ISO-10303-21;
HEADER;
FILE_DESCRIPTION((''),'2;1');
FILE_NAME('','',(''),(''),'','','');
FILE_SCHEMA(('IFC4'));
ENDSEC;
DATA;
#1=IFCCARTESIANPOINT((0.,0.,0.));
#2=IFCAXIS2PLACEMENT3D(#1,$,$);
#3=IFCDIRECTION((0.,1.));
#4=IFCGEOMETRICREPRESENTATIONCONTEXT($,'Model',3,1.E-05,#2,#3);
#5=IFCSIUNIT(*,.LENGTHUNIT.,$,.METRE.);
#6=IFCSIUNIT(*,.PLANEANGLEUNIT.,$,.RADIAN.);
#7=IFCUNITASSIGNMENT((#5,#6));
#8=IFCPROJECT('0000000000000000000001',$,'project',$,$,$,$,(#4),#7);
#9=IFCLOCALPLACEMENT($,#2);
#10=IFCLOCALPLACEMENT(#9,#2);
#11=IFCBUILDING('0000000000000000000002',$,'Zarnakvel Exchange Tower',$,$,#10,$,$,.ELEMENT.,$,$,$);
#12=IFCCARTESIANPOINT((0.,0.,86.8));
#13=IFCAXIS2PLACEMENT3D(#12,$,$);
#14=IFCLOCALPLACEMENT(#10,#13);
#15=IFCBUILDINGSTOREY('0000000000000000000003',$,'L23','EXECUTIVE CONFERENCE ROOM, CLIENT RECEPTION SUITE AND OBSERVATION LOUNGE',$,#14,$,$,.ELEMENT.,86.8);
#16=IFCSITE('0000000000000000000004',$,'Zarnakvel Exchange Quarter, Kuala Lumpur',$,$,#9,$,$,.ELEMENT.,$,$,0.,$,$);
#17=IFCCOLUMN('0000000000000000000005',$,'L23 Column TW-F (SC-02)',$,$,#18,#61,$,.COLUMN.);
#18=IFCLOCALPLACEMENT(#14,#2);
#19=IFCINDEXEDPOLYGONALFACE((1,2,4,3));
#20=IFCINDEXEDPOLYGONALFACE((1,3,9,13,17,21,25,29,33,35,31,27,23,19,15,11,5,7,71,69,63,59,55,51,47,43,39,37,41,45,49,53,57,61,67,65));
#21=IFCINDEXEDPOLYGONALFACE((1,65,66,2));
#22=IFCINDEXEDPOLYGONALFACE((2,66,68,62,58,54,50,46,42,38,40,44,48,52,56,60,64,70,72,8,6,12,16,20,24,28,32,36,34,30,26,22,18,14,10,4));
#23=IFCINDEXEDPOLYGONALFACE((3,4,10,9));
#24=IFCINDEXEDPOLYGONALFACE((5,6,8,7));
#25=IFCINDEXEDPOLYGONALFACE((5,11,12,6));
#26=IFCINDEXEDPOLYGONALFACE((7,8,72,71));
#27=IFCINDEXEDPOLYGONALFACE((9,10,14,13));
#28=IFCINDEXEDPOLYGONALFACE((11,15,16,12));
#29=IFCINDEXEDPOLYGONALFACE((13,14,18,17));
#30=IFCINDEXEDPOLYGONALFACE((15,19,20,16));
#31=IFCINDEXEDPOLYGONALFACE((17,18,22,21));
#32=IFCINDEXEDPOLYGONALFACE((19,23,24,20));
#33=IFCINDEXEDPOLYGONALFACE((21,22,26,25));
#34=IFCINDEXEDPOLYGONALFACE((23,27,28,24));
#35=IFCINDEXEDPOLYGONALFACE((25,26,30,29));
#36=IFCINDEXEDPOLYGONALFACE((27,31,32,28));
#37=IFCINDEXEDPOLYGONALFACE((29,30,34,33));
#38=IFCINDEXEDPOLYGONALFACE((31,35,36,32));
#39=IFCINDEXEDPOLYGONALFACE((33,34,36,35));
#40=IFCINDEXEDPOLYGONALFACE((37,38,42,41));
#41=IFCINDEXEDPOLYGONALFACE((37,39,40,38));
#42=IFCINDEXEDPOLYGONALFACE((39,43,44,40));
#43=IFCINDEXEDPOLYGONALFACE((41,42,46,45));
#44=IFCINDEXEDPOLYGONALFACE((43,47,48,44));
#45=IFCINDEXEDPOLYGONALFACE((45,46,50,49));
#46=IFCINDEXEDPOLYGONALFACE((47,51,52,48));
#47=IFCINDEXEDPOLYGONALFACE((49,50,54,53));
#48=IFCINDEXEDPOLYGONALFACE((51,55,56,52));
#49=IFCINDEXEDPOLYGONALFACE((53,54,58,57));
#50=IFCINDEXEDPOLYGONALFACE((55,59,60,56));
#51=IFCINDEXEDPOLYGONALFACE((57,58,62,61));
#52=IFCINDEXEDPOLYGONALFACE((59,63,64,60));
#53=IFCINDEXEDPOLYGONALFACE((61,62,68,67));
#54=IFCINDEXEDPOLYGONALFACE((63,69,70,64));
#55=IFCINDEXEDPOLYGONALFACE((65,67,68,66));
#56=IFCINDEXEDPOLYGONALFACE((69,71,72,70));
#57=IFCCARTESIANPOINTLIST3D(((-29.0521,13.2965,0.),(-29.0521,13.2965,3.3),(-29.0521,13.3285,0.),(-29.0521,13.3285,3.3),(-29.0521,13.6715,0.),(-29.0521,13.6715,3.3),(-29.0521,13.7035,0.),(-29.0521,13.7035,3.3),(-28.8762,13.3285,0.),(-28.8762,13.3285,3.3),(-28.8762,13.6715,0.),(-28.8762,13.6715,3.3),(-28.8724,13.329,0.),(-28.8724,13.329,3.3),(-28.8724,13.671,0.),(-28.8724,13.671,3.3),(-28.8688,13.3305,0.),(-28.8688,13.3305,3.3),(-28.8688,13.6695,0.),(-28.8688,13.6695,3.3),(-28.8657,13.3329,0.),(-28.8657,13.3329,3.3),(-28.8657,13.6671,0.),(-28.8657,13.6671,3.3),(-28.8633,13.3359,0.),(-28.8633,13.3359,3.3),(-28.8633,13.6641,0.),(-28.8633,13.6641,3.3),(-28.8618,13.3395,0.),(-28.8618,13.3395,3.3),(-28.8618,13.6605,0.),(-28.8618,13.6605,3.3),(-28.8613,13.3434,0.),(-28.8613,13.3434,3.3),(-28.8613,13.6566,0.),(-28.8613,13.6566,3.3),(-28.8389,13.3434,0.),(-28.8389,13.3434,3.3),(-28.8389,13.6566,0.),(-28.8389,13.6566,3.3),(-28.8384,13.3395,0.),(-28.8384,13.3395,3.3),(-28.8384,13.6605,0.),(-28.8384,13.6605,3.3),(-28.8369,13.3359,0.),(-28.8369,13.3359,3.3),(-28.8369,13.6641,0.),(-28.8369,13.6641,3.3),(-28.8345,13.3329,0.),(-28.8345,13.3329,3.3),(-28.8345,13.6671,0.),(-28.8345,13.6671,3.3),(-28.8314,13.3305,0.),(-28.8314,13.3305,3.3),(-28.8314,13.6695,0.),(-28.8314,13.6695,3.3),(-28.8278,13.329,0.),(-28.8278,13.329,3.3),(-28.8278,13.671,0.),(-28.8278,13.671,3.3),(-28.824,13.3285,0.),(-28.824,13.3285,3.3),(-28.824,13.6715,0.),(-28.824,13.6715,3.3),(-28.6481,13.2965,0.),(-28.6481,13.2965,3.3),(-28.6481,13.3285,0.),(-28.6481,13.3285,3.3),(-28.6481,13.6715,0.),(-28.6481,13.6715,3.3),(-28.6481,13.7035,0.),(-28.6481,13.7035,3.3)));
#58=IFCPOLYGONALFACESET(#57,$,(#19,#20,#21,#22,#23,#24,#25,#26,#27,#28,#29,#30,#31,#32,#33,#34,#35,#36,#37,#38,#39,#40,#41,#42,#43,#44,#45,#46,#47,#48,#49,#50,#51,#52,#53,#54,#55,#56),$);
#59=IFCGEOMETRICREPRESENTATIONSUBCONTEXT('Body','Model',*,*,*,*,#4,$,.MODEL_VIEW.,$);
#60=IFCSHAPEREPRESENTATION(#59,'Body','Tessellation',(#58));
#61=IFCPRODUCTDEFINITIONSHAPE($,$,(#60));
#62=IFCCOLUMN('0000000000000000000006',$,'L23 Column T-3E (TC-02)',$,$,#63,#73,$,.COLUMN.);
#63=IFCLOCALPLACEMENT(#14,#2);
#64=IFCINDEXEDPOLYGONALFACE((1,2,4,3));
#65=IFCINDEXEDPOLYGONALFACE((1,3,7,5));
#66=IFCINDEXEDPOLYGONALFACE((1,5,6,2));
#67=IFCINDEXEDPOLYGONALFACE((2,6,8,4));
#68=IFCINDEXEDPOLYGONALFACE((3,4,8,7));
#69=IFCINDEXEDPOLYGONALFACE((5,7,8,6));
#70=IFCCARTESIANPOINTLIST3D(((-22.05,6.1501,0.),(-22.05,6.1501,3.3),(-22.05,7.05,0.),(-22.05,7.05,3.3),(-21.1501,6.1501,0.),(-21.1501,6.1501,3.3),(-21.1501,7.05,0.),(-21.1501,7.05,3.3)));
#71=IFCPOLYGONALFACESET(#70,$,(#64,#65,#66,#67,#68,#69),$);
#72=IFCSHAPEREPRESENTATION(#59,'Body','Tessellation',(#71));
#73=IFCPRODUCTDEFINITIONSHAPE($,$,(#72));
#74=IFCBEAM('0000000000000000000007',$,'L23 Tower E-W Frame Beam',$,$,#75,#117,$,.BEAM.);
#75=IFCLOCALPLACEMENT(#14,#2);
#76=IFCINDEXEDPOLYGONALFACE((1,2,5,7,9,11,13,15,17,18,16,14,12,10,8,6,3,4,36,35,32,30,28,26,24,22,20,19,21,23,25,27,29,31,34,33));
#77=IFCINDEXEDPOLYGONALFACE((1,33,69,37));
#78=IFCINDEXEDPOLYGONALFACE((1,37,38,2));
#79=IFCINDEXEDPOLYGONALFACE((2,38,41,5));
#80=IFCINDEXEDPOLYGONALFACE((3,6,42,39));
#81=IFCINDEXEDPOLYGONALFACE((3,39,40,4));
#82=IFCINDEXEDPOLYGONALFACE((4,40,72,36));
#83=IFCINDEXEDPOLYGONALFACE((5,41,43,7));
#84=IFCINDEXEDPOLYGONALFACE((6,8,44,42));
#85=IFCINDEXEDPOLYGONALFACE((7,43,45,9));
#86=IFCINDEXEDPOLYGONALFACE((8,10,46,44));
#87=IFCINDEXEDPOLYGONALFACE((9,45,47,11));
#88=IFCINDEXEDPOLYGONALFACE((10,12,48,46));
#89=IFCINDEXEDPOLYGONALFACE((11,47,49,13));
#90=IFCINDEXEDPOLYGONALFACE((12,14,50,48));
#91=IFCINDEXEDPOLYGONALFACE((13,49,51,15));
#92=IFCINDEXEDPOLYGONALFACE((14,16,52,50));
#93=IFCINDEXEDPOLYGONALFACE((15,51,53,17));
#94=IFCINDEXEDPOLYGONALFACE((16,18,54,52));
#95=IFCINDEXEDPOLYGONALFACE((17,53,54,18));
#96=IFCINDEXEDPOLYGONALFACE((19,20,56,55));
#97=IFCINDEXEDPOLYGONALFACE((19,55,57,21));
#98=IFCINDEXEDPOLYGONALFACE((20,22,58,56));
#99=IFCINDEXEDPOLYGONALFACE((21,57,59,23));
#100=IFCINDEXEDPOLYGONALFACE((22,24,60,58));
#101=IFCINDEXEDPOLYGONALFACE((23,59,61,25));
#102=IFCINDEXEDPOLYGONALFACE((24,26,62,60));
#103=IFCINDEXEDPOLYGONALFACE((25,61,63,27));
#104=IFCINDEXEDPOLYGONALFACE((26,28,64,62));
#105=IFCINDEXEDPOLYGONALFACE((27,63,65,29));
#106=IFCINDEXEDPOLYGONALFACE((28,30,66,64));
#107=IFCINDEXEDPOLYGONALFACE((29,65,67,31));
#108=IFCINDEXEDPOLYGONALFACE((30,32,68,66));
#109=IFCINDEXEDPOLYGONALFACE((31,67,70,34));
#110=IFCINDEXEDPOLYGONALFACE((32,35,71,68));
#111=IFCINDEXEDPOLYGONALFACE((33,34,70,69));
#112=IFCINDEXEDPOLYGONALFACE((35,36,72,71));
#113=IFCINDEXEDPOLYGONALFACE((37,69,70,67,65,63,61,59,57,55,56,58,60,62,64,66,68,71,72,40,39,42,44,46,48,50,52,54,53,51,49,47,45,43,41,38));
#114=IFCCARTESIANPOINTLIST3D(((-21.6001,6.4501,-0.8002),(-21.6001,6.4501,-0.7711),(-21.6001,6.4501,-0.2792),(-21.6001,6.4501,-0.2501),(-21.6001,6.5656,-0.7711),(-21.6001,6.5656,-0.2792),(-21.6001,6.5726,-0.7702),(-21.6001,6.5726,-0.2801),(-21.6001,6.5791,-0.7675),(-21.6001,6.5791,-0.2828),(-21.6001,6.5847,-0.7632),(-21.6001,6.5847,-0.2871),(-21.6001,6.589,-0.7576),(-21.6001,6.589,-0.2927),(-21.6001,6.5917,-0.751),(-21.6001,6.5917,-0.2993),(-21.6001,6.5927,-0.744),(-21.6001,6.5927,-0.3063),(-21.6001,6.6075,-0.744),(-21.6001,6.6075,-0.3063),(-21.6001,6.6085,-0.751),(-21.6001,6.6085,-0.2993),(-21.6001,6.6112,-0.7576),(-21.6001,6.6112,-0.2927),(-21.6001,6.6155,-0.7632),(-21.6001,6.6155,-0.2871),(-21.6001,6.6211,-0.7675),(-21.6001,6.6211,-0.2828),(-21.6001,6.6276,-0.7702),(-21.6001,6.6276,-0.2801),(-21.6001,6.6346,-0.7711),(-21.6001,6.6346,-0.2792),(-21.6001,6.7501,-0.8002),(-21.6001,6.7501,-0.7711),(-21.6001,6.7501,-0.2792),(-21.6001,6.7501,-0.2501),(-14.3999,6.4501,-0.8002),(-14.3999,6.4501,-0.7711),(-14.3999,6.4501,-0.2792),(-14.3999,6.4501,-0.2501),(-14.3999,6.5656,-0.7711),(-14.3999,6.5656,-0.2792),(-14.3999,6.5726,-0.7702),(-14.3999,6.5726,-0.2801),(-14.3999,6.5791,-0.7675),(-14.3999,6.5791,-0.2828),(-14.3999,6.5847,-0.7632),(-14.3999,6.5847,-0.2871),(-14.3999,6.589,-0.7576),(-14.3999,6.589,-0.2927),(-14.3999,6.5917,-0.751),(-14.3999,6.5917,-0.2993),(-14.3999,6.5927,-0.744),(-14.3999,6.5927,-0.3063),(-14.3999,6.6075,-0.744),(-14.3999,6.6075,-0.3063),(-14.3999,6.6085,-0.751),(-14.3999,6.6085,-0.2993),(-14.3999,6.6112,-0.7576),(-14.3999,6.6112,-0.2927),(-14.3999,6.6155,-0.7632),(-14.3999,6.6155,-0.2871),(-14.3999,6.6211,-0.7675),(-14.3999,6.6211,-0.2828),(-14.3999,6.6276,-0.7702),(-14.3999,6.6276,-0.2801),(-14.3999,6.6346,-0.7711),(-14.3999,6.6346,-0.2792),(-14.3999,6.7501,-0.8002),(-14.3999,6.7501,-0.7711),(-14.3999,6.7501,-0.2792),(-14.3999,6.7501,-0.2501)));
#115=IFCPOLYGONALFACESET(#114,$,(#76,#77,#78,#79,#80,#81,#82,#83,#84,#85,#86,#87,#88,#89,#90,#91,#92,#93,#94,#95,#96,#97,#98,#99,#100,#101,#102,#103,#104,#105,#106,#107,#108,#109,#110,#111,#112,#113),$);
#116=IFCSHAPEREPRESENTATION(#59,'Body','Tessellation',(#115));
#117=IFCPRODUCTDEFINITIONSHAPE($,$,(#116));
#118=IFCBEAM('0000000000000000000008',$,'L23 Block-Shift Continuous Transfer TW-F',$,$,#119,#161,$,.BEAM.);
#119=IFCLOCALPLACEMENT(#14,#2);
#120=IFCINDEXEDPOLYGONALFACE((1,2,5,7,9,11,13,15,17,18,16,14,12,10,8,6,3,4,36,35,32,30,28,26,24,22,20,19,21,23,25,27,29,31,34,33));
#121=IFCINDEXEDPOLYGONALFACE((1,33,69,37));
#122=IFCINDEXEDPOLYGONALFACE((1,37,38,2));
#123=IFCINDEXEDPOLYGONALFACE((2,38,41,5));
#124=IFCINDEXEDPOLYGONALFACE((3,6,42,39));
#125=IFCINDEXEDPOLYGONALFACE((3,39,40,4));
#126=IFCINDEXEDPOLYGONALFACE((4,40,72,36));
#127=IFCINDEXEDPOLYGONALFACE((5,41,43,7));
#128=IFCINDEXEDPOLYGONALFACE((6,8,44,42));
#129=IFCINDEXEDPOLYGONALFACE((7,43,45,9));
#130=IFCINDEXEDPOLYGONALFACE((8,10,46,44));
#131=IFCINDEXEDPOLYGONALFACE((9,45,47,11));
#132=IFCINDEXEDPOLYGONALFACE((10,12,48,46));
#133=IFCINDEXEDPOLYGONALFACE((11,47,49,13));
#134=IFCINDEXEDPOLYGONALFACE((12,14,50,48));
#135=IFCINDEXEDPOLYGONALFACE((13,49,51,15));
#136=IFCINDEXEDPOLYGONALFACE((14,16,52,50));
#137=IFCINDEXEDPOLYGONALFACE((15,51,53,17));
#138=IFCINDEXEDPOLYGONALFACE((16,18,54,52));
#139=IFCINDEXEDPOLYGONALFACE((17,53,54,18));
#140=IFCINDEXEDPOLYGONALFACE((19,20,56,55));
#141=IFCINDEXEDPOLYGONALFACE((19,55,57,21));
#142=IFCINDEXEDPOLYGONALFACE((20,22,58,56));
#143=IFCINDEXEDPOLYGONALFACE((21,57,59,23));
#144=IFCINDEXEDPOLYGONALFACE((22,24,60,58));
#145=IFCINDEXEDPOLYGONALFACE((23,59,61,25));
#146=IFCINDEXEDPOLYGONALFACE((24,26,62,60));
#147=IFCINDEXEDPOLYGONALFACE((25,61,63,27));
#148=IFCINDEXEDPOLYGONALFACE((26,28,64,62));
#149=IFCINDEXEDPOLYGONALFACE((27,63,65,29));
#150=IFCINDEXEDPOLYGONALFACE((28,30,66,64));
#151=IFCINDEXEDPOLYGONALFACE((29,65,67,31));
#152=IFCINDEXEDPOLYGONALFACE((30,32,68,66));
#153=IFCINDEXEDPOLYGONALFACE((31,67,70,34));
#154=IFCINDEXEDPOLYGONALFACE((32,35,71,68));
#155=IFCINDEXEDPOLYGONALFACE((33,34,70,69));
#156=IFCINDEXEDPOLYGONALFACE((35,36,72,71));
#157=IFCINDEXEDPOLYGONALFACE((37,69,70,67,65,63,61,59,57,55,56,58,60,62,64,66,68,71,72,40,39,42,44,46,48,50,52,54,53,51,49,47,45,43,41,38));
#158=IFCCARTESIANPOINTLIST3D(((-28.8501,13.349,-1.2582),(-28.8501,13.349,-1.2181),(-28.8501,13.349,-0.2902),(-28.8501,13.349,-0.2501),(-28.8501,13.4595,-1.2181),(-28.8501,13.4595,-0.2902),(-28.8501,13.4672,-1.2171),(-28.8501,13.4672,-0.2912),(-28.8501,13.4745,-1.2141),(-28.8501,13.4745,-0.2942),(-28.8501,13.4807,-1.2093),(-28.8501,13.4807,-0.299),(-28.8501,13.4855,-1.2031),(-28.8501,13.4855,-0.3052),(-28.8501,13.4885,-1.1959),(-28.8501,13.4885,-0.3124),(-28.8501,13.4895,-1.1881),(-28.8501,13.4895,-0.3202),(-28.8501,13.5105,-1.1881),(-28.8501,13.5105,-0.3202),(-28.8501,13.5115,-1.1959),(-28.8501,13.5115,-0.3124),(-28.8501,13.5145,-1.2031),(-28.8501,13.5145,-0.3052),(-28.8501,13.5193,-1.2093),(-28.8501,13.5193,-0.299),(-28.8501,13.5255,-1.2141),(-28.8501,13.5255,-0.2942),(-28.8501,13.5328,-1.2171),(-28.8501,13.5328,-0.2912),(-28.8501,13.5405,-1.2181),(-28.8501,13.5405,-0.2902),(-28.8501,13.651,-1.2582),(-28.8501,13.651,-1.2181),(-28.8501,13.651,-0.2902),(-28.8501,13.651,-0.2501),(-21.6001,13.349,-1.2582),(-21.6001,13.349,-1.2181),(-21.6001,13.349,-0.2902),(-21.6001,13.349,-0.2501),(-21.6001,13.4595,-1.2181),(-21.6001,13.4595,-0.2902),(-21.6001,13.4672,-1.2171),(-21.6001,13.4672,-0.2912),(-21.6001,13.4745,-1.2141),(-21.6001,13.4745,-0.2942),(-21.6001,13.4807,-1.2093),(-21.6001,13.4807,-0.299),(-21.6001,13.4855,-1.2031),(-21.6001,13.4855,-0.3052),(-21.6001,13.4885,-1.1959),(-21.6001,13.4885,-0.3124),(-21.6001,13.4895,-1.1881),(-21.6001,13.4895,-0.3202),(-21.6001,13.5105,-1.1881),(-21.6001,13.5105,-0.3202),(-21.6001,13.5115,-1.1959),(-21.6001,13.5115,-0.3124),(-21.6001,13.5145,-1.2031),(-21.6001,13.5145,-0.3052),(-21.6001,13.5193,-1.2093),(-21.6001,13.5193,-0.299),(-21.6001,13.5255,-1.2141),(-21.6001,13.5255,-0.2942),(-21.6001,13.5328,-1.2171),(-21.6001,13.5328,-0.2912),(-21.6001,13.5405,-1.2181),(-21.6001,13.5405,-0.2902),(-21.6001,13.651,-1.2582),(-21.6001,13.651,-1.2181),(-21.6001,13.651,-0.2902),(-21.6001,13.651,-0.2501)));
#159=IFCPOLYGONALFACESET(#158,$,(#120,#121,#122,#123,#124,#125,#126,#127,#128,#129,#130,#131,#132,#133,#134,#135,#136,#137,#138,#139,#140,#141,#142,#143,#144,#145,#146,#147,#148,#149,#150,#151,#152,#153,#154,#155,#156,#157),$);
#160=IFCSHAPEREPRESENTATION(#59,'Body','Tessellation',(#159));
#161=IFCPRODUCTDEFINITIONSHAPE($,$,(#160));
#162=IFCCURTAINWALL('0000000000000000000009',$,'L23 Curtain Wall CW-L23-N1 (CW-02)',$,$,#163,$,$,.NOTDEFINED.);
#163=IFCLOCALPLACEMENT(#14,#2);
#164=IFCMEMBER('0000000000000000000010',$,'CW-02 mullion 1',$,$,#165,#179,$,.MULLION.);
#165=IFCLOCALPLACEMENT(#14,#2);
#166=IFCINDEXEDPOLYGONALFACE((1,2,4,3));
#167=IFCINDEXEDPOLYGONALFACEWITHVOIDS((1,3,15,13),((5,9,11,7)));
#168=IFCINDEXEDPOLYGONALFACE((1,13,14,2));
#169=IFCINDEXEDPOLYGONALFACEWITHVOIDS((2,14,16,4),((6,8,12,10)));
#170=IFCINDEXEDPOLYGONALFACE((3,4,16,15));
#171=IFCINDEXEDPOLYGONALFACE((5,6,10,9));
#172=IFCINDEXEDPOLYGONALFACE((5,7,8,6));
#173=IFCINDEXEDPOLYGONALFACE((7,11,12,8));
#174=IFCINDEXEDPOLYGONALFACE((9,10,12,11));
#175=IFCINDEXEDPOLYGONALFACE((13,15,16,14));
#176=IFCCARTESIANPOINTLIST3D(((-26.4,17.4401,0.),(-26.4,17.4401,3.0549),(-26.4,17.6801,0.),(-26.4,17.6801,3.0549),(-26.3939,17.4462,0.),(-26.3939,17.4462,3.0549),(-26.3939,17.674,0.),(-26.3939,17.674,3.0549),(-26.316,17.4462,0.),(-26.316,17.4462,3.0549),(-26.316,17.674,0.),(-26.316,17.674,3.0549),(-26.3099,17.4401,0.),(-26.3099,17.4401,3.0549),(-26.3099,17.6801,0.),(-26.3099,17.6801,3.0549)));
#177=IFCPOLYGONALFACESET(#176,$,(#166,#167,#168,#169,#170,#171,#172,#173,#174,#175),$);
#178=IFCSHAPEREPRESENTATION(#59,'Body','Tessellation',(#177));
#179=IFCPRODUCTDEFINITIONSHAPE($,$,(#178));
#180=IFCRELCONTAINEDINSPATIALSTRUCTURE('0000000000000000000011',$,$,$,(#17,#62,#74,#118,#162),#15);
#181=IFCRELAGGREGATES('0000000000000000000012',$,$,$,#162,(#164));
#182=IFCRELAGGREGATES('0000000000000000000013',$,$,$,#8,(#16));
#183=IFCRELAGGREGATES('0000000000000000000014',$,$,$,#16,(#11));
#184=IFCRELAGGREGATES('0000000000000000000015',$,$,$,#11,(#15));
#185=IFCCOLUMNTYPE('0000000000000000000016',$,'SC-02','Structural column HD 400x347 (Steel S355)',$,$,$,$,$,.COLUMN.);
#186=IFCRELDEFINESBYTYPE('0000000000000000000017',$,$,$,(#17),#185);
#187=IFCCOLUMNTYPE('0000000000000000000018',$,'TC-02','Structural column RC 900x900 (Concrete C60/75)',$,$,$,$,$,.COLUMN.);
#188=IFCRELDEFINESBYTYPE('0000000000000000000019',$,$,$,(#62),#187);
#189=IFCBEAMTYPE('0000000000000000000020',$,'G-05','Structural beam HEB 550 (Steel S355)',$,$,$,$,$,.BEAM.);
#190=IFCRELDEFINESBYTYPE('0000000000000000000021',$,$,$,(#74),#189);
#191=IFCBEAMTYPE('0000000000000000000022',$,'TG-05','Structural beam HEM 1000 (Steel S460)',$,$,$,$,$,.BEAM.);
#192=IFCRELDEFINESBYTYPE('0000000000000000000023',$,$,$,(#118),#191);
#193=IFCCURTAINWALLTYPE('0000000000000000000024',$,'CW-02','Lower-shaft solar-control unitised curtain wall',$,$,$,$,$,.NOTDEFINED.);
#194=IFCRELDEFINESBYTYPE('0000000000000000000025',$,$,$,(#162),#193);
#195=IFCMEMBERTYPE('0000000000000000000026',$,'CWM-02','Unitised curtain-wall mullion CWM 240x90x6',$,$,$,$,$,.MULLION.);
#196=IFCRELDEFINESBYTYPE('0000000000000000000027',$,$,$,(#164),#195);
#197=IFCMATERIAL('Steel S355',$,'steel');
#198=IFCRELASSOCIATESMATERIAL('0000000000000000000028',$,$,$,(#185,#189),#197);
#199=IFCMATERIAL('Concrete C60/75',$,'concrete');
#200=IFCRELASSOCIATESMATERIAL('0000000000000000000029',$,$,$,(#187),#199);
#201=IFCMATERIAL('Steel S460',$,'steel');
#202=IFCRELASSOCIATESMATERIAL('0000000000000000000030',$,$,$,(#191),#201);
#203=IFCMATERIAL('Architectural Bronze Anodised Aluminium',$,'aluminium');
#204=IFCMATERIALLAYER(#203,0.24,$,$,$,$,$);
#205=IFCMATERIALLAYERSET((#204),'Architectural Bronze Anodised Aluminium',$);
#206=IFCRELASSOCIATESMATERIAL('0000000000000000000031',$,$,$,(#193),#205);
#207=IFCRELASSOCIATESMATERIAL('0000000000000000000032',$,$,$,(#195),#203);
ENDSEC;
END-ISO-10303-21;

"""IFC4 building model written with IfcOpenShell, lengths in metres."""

from ifc_helpers import new_model, si_unit, direction, frame, origin, origin_2d, place, context, subcontext, project, spatial, rectangle, hollow_rectangle, i_section, extrude, source, transform, mapped, material, layer, layer_set, material_profile, profile_set, type_object, element, aggregate, save


model = new_model("IFC4")

# Units and contexts
model_context = context("Model", 3, precision=1e-05, world=origin(), true_north=direction((0.0, 1.0)))
body_context = subcontext(model_context, "Body", "Model", "MODEL_VIEW")
ifc_project = project(units=[si_unit("LENGTHUNIT", "METRE"), si_unit("PLANEANGLEUNIT", "RADIAN")], contexts=[model_context])

# Site, building, storey
site_placement = place(None, origin())
site = spatial("IfcSite", under=ifc_project, at=site_placement, Name="Zarnakvel Exchange Quarter, Kuala Lumpur", CompositionType="ELEMENT", RefElevation=0.0)
building_placement = place(site_placement, origin())
building = spatial("IfcBuilding", under=site, at=building_placement, Name="Zarnakvel Exchange Tower", CompositionType="ELEMENT")
storey_placement = place(building_placement, frame((0.0, 0.0, 86.8)))
storey = spatial("IfcBuildingStorey", under=building, at=storey_placement, Name="L23", Description="EXECUTIVE CONFERENCE ROOM, CLIENT RECEPTION SUITE AND OBSERVATION LOUNGE", CompositionType="ELEMENT", Elevation=86.8)

# Columns
ifc_material_1 = material(Name="Steel S355", Category="steel")
ifc_material_profile_1 = material_profile(ifc_material_1, i_section(OverallWidth=0.4041, OverallDepth=0.407, WebThickness=0.0225, FlangeThickness=0.032, FilletRadius=0.0149, at=origin_2d()))
ifc_profile_set_1 = profile_set([ifc_material_profile_1], Name="Steel S355")
column_type_1 = type_object("IfcColumnType", Name="SC-02", Description="Structural column HD 400x347 (Steel S355)", PredefinedType="COLUMN", material=ifc_profile_set_1)
column_1_placement = place(storey_placement, frame((-28.8501, 13.5, 0.0), z_axis=(0.0, 0.0, 1.0), x_axis=(1.0, 0.0, 0.0)))
element("IfcColumn", 1, at=column_1_placement, inside=storey, type_object=column_type_1, Name="L23 Column TW-F (SC-02)", PredefinedType="COLUMN", context=body_context, shape_type="SweptSolid", body=[
    extrude(i_section(OverallWidth=0.4041, OverallDepth=0.407, WebThickness=0.0225, FlangeThickness=0.032, FilletRadius=0.0149, at=origin_2d()), origin(), (0.0, 0.0, 1.0), 3.3),
])
ifc_material_2 = material(Name="Concrete C60/75", Category="concrete")
ifc_material_profile_2 = material_profile(ifc_material_2, rectangle(XDim=0.8999, YDim=0.8999, at=origin_2d()))
ifc_profile_set_2 = profile_set([ifc_material_profile_2], Name="Concrete C60/75")
column_type_2 = type_object("IfcColumnType", Name="TC-02", Description="Structural column RC 900x900 (Concrete C60/75)", PredefinedType="COLUMN", material=ifc_profile_set_2)
column_2_placement = place(storey_placement, frame((-21.6001, 6.6001, 0.0), z_axis=(0.0, 0.0, 1.0), x_axis=(1.0, 0.0, 0.0)))
element("IfcColumn", 2, at=column_2_placement, inside=storey, type_object=column_type_2, Name="L23 Column T-3E (TC-02)", PredefinedType="COLUMN", context=body_context, shape_type="SweptSolid", body=[
    extrude(rectangle(XDim=0.8999, YDim=0.8999, at=origin_2d()), origin(), (0.0, 0.0, 1.0), 3.3),
])

# Beams
ifc_material_profile_3 = material_profile(ifc_material_1, i_section(OverallWidth=0.3, OverallDepth=0.55, WebThickness=0.0149, FlangeThickness=0.0291, FilletRadius=0.0271, at=origin_2d()))
ifc_profile_set_3 = profile_set([ifc_material_profile_3], Name="Steel S355")
beam_type_1 = type_object("IfcBeamType", Name="G-05", Description="Structural beam HEB 550 (Steel S355)", PredefinedType="BEAM", material=ifc_profile_set_3)
beam_1_placement = place(storey_placement, frame((-21.6001, 6.6001, -0.5251), z_axis=(1.0, 0.0, 0.0), x_axis=(0.0, 1.0, 0.0)))
element("IfcBeam", 3, at=beam_1_placement, inside=storey, type_object=beam_type_1, Name="L23 Tower E-W Frame Beam", PredefinedType="BEAM", context=body_context, shape_type="SweptSolid", body=[
    extrude(i_section(OverallWidth=0.3, OverallDepth=0.55, WebThickness=0.0149, FlangeThickness=0.0291, FilletRadius=0.0271, at=origin_2d()), origin(), (0.0, 0.0, 1.0), 7.2002),
])
ifc_material_3 = material(Name="Steel S460", Category="steel")
ifc_material_profile_4 = material_profile(ifc_material_3, i_section(OverallWidth=0.302, OverallDepth=1.0081, WebThickness=0.021, FlangeThickness=0.04, FilletRadius=0.03, at=origin_2d()))
ifc_profile_set_4 = profile_set([ifc_material_profile_4], Name="Steel S460")
beam_type_2 = type_object("IfcBeamType", Name="TG-05", Description="Structural beam HEM 1000 (Steel S460)", PredefinedType="BEAM", material=ifc_profile_set_4)
beam_2_placement = place(storey_placement, frame((-28.8501, 13.5, -0.7542), z_axis=(1.0, 0.0, 0.0), x_axis=(0.0, 1.0, 0.0)))
element("IfcBeam", 4, at=beam_2_placement, inside=storey, type_object=beam_type_2, Name="L23 Block-Shift Continuous Transfer TW-F", PredefinedType="BEAM", context=body_context, shape_type="SweptSolid", body=[
    extrude(i_section(OverallWidth=0.302, OverallDepth=1.0081, WebThickness=0.021, FlangeThickness=0.04, FilletRadius=0.03, at=origin_2d()), origin(), (0.0, 0.0, 1.0), 7.25),
])

# Curtain wall, member
ifc_material_4 = material(Name="Architectural Bronze Anodised Aluminium", Category="aluminium")
ifc_layer_1 = layer(ifc_material_4, 0.24)
ifc_layer_set_1 = layer_set([ifc_layer_1], Name="Architectural Bronze Anodised Aluminium")
curtain_wall_type_1 = type_object("IfcCurtainWallType", Name="CW-02", Description="Lower-shaft solar-control unitised curtain wall", PredefinedType="NOTDEFINED", material=ifc_layer_set_1)
curtain_wall_1_placement = place(storey_placement, origin())
curtain_wall_1 = element("IfcCurtainWall", 5, at=curtain_wall_1_placement, inside=storey, type_object=curtain_wall_type_1, Name="L23 Curtain Wall CW-L23-N1 (CW-02)", PredefinedType="NOTDEFINED")
ifc_material_profile_5 = material_profile(ifc_material_4, hollow_rectangle(XDim=0.24, YDim=0.0901, WallThickness=0.0061, at=origin_2d()))
ifc_profile_set_5 = profile_set([ifc_material_profile_5], Name="Architectural Bronze Anodised Aluminium")
member_type_1 = type_object("IfcMemberType", Name="CWM-02", Description="Unitised curtain-wall mullion CWM 240x90x6", PredefinedType="MULLION", material=ifc_profile_set_5)
shared_shape_1 = source(origin(), body_context, "Body", "SweptSolid", [
    extrude(hollow_rectangle(XDim=0.24, YDim=0.0901, WallThickness=0.0061, at=origin_2d()), origin(), (0.0, 0.0, 1.0), 3.0549),
])
member_1_placement = place(storey_placement, frame((-26.355, 17.5601, 0.0), z_axis=(0.0, 0.0, 1.0), x_axis=(0.0, 1.0, 0.0)))
member_1 = element("IfcMember", 6, at=member_1_placement, type_object=member_type_1, Name="CW-02 mullion 1", PredefinedType="MULLION", context=body_context, shape_type="MappedRepresentation", body=[
    mapped(shared_shape_1, transform((0.0, 0.0, 0.0), x_axis=(1.0, 0.0, 0.0), y_axis=(0.0, 1.0, 0.0), z_axis=(0.0, 0.0, 1.0), scale=1.0)),
])

aggregate(curtain_wall_1, [member_1])

save(model, "model.ifc")
